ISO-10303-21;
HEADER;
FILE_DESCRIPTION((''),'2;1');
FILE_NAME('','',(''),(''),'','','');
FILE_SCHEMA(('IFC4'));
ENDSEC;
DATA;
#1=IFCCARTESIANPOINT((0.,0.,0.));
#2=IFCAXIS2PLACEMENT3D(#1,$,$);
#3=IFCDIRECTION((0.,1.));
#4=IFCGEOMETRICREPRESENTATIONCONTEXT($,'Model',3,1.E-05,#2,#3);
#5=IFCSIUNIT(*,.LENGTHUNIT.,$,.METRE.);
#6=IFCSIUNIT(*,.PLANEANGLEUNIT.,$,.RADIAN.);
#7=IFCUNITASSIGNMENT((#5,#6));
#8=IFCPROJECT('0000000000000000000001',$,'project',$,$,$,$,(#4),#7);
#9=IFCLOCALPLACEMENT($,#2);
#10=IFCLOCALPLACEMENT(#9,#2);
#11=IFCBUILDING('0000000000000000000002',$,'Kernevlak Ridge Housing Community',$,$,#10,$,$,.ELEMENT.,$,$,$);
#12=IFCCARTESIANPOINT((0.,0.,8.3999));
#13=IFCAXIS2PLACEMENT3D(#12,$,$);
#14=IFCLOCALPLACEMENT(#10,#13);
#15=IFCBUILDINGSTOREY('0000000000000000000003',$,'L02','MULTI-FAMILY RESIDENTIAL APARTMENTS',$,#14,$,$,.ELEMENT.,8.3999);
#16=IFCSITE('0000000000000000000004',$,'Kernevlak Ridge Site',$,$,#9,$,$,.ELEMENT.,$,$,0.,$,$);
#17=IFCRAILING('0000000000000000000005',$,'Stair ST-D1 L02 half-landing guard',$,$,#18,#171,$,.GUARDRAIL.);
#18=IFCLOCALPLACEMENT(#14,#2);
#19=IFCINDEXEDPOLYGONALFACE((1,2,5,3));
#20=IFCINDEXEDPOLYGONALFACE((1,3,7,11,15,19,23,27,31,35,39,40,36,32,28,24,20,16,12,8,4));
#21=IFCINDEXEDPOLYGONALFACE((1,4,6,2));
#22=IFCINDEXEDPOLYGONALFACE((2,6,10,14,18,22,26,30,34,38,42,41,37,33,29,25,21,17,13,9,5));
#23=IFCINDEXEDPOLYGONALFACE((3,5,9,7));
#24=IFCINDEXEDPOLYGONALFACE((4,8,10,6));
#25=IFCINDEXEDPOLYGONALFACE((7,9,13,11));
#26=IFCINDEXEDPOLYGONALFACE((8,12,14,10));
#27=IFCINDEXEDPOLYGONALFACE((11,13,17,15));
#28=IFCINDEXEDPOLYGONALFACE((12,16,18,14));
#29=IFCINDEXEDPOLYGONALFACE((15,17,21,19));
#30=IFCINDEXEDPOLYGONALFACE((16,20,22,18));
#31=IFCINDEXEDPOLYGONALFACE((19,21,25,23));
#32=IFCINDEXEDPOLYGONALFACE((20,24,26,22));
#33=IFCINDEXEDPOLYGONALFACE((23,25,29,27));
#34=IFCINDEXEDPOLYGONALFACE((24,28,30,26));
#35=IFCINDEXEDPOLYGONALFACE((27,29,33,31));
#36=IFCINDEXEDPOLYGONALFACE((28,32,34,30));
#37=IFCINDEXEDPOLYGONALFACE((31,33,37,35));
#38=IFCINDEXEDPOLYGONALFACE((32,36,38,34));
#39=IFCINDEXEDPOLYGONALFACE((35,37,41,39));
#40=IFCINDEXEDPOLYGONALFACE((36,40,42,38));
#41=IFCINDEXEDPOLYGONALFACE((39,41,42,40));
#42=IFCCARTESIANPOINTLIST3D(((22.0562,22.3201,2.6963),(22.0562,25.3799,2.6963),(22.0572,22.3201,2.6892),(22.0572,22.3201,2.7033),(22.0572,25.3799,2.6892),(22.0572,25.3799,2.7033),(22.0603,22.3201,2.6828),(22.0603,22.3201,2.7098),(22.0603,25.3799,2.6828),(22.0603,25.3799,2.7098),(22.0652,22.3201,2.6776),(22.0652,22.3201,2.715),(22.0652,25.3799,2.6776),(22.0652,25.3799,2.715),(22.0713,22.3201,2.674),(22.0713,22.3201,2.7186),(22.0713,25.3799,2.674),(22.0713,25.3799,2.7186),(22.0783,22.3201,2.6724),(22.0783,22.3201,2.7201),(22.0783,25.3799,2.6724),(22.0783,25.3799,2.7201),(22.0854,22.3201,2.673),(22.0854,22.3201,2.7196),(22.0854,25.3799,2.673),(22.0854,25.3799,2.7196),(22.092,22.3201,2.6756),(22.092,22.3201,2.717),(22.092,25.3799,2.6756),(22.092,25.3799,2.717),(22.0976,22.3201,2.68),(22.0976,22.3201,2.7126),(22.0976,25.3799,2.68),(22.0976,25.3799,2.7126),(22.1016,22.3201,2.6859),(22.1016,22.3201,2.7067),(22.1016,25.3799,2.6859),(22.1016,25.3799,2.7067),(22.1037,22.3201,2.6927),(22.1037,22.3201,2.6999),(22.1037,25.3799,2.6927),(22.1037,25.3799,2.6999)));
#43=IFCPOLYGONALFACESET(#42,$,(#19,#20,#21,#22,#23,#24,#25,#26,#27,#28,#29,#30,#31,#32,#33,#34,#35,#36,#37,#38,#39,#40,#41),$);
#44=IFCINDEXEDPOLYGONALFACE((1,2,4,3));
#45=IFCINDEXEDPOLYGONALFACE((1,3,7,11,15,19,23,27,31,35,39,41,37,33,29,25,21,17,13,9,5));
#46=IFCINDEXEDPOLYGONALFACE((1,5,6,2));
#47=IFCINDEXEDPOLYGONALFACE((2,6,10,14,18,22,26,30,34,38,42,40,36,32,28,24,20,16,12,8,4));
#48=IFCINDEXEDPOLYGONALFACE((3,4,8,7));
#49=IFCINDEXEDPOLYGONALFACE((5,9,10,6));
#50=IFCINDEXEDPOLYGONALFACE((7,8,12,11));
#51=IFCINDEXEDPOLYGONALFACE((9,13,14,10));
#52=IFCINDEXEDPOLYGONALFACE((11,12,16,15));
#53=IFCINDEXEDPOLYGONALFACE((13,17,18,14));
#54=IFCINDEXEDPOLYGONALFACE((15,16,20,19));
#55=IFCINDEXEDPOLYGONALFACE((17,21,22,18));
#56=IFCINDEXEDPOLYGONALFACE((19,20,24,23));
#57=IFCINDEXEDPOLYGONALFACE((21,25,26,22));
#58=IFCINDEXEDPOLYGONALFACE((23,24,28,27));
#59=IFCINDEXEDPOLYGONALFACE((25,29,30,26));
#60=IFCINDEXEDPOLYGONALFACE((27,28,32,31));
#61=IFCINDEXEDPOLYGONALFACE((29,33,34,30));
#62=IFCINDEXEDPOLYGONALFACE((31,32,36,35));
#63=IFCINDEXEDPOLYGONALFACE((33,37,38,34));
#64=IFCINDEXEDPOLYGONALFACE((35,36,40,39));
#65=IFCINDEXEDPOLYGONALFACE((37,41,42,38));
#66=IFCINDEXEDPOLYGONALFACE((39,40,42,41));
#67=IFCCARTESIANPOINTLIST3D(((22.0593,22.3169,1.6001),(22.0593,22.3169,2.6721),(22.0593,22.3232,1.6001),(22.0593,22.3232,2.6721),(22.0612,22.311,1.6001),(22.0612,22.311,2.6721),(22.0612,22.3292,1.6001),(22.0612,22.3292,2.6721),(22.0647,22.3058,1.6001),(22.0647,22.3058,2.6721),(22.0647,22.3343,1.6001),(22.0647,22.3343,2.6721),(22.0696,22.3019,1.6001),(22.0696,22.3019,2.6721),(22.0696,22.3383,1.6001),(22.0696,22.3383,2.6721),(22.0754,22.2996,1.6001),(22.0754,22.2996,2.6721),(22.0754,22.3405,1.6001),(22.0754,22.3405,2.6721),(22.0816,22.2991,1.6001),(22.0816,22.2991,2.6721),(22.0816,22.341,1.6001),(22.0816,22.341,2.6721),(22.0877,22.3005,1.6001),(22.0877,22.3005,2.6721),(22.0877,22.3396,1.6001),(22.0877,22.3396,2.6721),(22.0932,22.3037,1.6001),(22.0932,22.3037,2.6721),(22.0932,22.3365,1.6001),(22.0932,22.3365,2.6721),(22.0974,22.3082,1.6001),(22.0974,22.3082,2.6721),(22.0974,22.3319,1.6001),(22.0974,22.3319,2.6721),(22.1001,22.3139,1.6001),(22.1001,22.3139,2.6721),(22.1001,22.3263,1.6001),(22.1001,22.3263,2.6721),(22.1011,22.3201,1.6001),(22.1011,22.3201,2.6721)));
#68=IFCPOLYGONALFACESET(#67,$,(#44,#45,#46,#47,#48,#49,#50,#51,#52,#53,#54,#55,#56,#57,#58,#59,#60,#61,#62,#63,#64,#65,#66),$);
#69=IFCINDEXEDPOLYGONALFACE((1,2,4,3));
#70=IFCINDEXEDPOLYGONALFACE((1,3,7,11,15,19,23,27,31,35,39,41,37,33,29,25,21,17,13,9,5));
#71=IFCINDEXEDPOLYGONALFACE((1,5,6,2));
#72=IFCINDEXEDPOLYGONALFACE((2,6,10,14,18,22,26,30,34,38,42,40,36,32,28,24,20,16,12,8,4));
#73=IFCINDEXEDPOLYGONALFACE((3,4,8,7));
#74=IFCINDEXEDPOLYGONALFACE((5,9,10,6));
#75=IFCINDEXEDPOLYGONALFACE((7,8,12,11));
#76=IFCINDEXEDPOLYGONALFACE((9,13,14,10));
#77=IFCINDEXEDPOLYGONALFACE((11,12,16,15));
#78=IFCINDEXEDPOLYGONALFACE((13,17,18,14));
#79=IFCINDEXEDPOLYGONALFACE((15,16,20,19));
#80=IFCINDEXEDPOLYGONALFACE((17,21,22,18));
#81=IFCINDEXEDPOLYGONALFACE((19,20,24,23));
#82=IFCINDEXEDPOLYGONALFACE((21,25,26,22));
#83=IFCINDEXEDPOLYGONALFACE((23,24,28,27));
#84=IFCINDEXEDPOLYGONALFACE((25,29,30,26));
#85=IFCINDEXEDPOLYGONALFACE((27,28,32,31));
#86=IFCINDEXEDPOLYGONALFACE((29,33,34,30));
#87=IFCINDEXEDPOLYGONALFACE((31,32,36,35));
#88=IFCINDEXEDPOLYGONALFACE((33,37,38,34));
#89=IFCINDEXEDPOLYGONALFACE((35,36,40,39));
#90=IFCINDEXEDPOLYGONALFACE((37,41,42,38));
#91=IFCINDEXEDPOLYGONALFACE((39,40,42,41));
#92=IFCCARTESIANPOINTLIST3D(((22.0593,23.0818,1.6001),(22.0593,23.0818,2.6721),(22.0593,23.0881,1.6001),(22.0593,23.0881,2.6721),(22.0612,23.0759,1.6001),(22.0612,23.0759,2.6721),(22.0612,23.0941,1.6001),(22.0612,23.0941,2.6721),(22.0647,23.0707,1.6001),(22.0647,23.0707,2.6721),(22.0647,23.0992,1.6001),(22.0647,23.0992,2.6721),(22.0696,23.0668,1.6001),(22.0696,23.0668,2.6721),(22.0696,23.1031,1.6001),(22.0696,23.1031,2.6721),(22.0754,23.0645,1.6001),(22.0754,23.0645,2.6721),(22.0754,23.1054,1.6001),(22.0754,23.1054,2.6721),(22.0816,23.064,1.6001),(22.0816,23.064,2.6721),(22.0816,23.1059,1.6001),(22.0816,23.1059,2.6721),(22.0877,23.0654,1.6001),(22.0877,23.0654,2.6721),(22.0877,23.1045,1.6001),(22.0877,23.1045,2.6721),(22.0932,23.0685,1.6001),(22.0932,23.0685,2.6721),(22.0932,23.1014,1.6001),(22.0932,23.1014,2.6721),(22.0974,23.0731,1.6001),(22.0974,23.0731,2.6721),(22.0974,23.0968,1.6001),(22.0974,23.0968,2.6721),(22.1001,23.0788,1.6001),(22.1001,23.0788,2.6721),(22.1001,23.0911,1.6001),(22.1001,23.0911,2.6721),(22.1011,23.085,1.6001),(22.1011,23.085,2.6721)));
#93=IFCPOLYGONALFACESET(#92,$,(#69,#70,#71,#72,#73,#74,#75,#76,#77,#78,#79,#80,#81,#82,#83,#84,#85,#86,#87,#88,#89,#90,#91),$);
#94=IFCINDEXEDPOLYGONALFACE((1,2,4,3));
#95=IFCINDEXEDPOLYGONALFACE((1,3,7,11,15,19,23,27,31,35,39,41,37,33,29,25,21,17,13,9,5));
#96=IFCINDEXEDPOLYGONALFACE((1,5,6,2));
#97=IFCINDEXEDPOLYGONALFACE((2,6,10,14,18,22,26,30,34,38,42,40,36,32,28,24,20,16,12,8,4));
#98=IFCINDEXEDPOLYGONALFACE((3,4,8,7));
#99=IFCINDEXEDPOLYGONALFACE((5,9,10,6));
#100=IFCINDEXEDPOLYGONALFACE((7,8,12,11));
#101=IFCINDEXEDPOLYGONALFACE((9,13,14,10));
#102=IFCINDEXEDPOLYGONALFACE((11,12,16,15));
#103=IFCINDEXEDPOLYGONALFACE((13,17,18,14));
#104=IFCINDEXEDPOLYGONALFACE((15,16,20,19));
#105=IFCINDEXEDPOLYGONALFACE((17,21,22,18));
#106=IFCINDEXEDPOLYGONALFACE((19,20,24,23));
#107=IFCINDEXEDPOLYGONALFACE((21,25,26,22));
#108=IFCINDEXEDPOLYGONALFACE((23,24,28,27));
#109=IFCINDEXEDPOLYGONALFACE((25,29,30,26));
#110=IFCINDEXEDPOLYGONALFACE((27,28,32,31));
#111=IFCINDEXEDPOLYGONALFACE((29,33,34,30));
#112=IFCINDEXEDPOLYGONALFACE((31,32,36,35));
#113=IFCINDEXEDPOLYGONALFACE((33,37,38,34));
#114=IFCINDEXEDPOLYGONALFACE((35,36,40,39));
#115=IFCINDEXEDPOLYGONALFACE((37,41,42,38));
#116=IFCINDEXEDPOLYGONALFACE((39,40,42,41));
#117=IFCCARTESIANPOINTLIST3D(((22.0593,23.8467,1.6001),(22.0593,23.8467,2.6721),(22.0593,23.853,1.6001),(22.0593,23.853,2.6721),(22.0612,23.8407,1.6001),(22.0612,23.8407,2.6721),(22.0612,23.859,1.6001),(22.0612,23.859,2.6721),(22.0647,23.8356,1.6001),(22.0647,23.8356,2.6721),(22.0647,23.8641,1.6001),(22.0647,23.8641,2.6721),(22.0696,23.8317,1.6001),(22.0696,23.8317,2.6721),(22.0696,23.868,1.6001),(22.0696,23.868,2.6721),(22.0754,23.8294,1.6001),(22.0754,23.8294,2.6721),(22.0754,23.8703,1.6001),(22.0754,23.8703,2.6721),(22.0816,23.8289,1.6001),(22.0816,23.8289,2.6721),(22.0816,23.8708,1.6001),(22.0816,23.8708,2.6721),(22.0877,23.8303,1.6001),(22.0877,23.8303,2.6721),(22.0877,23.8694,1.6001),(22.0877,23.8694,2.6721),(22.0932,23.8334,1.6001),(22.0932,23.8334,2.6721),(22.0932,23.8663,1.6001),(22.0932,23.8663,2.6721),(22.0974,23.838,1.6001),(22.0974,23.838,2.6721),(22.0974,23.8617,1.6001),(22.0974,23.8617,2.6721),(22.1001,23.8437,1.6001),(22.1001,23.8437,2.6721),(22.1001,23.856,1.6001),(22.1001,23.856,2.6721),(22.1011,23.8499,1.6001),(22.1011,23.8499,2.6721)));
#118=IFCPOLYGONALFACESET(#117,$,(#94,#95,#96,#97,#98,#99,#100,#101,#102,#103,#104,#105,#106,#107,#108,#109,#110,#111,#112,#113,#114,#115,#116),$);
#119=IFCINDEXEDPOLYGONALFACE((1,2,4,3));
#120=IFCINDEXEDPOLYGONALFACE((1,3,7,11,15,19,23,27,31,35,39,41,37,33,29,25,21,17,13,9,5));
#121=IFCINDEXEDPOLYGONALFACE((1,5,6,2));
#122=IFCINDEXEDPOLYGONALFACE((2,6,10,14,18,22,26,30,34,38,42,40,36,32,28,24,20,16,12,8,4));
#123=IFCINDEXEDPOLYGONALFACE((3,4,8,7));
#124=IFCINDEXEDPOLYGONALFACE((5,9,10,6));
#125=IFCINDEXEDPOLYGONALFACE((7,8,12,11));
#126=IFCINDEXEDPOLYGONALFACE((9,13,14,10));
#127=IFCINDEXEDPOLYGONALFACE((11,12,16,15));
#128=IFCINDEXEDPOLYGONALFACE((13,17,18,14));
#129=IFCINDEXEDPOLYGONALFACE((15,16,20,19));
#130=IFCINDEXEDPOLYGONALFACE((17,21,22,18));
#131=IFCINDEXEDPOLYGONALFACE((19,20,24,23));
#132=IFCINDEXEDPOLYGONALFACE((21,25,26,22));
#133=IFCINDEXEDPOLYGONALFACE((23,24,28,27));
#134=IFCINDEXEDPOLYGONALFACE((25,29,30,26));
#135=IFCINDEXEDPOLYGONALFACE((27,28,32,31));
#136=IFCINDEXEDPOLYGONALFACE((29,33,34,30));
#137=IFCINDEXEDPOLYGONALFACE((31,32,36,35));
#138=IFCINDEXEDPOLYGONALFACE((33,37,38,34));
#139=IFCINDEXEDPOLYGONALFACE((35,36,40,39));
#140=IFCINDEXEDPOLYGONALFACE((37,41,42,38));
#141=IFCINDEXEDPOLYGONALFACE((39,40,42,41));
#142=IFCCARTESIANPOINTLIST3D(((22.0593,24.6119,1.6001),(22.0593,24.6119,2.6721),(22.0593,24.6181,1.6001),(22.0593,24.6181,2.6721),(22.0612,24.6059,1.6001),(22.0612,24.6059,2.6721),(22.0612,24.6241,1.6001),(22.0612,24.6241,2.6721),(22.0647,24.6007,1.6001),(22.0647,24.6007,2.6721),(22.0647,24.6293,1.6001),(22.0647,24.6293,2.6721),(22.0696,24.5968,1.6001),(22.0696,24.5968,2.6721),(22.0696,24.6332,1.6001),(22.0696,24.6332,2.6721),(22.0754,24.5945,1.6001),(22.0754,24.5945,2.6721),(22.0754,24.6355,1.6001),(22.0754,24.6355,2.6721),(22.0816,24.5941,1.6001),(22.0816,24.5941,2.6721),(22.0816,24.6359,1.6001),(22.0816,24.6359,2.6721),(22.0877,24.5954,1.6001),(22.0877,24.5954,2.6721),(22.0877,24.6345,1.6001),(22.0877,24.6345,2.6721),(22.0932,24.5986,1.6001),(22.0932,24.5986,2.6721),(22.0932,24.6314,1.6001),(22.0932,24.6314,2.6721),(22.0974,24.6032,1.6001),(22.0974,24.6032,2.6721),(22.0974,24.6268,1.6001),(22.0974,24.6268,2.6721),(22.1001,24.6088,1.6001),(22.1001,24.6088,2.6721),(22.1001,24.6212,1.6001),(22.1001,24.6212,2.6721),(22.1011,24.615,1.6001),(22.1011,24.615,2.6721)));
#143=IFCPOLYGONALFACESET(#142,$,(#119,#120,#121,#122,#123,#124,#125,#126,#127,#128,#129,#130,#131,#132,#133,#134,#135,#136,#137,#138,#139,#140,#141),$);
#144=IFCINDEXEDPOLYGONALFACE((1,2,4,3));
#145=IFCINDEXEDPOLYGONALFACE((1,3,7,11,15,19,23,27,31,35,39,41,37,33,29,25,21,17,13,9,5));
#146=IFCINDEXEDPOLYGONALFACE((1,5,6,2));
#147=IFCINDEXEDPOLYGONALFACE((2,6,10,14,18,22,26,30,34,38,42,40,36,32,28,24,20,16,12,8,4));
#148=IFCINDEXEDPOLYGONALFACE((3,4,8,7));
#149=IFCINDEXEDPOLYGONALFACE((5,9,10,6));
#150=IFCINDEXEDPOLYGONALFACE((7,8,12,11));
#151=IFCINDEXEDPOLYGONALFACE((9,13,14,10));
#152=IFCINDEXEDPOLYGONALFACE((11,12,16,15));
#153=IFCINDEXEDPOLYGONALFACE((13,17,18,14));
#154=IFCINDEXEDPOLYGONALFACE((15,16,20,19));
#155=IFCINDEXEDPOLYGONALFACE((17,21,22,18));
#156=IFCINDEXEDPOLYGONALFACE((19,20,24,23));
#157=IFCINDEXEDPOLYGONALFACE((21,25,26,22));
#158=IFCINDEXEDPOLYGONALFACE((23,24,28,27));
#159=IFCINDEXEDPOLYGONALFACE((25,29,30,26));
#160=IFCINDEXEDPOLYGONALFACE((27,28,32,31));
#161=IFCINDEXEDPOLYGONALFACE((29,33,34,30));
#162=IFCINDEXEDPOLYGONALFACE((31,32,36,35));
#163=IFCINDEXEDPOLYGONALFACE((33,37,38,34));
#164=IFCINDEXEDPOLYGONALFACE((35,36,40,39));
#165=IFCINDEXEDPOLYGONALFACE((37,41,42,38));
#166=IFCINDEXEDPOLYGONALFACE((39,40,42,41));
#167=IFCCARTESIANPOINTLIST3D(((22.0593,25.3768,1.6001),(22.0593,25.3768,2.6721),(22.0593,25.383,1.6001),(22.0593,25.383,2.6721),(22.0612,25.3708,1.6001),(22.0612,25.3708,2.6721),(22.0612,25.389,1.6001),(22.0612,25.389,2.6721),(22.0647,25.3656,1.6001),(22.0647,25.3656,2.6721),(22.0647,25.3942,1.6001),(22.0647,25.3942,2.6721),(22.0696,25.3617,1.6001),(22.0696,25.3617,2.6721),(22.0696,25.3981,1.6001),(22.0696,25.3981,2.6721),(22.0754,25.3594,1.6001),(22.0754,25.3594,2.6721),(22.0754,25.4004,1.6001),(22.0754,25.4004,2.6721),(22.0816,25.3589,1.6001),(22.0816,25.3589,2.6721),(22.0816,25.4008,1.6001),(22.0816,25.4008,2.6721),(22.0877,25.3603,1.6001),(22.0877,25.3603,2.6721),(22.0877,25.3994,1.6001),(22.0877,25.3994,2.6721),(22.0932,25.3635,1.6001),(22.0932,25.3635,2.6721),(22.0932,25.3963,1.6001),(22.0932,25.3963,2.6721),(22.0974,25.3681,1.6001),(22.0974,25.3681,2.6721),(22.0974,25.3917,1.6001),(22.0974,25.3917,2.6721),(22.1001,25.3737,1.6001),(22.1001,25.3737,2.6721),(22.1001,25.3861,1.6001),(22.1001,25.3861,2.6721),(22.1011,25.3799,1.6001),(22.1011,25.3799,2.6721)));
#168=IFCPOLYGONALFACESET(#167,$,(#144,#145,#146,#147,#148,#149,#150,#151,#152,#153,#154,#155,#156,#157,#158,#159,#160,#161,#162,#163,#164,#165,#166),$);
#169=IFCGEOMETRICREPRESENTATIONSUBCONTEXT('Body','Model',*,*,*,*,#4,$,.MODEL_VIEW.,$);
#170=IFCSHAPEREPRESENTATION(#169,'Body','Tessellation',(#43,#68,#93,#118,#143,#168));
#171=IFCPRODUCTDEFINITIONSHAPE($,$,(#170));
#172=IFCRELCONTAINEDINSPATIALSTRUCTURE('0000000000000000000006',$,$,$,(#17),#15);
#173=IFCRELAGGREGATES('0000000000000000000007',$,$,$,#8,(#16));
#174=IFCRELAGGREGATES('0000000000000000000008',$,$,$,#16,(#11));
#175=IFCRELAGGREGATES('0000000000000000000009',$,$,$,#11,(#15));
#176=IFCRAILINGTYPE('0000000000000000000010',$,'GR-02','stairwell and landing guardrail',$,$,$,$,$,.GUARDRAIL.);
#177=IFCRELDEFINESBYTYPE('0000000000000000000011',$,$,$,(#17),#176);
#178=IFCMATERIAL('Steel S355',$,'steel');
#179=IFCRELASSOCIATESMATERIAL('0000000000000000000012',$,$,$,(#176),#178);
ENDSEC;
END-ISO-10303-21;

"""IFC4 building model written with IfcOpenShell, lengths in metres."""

from ifc_helpers import new_model, si_unit, direction, frame, origin, origin_2d, place, context, subcontext, project, spatial, circle, extrude, material, type_object, element, save


model = new_model("IFC4")

# Units and contexts
model_context = context("Model", 3, precision=1e-05, world=origin(), true_north=direction((0.0, 1.0)))
body_context = subcontext(model_context, "Body", "Model", "MODEL_VIEW")
ifc_project = project(units=[si_unit("LENGTHUNIT", "METRE"), si_unit("PLANEANGLEUNIT", "RADIAN")], contexts=[model_context])

# Site, building, storey
site_placement = place(None, origin())
site = spatial("IfcSite", under=ifc_project, at=site_placement, Name="Kernevlak Ridge Site", CompositionType="ELEMENT", RefElevation=0.0)
building_placement = place(site_placement, origin())
building = spatial("IfcBuilding", under=site, at=building_placement, Name="Kernevlak Ridge Housing Community", CompositionType="ELEMENT")
storey_placement = place(building_placement, frame((0.0, 0.0, 8.3999)))
storey = spatial("IfcBuildingStorey", under=building, at=storey_placement, Name="L02", Description="MULTI-FAMILY RESIDENTIAL APARTMENTS", CompositionType="ELEMENT", Elevation=8.3999)

# Railing
ifc_material_1 = material(Name="Steel S355", Category="steel")
railing_type_1 = type_object("IfcRailingType", Name="GR-02", Description="stairwell and landing guardrail", PredefinedType="GUARDRAIL", material=ifc_material_1)
railing_1_placement = place(storey_placement, frame((22.0801, 22.3201, 1.6001)))
element("IfcRailing", 1, at=railing_1_placement, inside=storey, type_object=railing_type_1, Name="Stair ST-D1 L02 half-landing guard", PredefinedType="GUARDRAIL", context=body_context, shape_type="SweptSolid", body=[
    extrude(circle(Radius=0.0239, at=origin_2d()), frame((0.0, 0.0, 1.0962), z_axis=(0.0, 1.0, 0.0), x_axis=(-1.0, 0.0, 0.0)), (0.0, 0.0, 1.0), 3.0598),
    extrude(circle(Radius=0.021, at=origin_2d()), origin(), (0.0, 0.0, 1.0), 1.072),
    extrude(circle(Radius=0.021, at=origin_2d()), frame((0.0, 0.7649, 0.0)), (0.0, 0.0, 1.0), 1.072),
    extrude(circle(Radius=0.021, at=origin_2d()), frame((0.0, 1.5298, 0.0)), (0.0, 0.0, 1.0), 1.072),
    extrude(circle(Radius=0.021, at=origin_2d()), frame((0.0, 2.2949, 0.0)), (0.0, 0.0, 1.0), 1.072),
    extrude(circle(Radius=0.021, at=origin_2d()), frame((0.0, 3.0598, 0.0)), (0.0, 0.0, 1.0), 1.072),
])

save(model, "model.ifc")
